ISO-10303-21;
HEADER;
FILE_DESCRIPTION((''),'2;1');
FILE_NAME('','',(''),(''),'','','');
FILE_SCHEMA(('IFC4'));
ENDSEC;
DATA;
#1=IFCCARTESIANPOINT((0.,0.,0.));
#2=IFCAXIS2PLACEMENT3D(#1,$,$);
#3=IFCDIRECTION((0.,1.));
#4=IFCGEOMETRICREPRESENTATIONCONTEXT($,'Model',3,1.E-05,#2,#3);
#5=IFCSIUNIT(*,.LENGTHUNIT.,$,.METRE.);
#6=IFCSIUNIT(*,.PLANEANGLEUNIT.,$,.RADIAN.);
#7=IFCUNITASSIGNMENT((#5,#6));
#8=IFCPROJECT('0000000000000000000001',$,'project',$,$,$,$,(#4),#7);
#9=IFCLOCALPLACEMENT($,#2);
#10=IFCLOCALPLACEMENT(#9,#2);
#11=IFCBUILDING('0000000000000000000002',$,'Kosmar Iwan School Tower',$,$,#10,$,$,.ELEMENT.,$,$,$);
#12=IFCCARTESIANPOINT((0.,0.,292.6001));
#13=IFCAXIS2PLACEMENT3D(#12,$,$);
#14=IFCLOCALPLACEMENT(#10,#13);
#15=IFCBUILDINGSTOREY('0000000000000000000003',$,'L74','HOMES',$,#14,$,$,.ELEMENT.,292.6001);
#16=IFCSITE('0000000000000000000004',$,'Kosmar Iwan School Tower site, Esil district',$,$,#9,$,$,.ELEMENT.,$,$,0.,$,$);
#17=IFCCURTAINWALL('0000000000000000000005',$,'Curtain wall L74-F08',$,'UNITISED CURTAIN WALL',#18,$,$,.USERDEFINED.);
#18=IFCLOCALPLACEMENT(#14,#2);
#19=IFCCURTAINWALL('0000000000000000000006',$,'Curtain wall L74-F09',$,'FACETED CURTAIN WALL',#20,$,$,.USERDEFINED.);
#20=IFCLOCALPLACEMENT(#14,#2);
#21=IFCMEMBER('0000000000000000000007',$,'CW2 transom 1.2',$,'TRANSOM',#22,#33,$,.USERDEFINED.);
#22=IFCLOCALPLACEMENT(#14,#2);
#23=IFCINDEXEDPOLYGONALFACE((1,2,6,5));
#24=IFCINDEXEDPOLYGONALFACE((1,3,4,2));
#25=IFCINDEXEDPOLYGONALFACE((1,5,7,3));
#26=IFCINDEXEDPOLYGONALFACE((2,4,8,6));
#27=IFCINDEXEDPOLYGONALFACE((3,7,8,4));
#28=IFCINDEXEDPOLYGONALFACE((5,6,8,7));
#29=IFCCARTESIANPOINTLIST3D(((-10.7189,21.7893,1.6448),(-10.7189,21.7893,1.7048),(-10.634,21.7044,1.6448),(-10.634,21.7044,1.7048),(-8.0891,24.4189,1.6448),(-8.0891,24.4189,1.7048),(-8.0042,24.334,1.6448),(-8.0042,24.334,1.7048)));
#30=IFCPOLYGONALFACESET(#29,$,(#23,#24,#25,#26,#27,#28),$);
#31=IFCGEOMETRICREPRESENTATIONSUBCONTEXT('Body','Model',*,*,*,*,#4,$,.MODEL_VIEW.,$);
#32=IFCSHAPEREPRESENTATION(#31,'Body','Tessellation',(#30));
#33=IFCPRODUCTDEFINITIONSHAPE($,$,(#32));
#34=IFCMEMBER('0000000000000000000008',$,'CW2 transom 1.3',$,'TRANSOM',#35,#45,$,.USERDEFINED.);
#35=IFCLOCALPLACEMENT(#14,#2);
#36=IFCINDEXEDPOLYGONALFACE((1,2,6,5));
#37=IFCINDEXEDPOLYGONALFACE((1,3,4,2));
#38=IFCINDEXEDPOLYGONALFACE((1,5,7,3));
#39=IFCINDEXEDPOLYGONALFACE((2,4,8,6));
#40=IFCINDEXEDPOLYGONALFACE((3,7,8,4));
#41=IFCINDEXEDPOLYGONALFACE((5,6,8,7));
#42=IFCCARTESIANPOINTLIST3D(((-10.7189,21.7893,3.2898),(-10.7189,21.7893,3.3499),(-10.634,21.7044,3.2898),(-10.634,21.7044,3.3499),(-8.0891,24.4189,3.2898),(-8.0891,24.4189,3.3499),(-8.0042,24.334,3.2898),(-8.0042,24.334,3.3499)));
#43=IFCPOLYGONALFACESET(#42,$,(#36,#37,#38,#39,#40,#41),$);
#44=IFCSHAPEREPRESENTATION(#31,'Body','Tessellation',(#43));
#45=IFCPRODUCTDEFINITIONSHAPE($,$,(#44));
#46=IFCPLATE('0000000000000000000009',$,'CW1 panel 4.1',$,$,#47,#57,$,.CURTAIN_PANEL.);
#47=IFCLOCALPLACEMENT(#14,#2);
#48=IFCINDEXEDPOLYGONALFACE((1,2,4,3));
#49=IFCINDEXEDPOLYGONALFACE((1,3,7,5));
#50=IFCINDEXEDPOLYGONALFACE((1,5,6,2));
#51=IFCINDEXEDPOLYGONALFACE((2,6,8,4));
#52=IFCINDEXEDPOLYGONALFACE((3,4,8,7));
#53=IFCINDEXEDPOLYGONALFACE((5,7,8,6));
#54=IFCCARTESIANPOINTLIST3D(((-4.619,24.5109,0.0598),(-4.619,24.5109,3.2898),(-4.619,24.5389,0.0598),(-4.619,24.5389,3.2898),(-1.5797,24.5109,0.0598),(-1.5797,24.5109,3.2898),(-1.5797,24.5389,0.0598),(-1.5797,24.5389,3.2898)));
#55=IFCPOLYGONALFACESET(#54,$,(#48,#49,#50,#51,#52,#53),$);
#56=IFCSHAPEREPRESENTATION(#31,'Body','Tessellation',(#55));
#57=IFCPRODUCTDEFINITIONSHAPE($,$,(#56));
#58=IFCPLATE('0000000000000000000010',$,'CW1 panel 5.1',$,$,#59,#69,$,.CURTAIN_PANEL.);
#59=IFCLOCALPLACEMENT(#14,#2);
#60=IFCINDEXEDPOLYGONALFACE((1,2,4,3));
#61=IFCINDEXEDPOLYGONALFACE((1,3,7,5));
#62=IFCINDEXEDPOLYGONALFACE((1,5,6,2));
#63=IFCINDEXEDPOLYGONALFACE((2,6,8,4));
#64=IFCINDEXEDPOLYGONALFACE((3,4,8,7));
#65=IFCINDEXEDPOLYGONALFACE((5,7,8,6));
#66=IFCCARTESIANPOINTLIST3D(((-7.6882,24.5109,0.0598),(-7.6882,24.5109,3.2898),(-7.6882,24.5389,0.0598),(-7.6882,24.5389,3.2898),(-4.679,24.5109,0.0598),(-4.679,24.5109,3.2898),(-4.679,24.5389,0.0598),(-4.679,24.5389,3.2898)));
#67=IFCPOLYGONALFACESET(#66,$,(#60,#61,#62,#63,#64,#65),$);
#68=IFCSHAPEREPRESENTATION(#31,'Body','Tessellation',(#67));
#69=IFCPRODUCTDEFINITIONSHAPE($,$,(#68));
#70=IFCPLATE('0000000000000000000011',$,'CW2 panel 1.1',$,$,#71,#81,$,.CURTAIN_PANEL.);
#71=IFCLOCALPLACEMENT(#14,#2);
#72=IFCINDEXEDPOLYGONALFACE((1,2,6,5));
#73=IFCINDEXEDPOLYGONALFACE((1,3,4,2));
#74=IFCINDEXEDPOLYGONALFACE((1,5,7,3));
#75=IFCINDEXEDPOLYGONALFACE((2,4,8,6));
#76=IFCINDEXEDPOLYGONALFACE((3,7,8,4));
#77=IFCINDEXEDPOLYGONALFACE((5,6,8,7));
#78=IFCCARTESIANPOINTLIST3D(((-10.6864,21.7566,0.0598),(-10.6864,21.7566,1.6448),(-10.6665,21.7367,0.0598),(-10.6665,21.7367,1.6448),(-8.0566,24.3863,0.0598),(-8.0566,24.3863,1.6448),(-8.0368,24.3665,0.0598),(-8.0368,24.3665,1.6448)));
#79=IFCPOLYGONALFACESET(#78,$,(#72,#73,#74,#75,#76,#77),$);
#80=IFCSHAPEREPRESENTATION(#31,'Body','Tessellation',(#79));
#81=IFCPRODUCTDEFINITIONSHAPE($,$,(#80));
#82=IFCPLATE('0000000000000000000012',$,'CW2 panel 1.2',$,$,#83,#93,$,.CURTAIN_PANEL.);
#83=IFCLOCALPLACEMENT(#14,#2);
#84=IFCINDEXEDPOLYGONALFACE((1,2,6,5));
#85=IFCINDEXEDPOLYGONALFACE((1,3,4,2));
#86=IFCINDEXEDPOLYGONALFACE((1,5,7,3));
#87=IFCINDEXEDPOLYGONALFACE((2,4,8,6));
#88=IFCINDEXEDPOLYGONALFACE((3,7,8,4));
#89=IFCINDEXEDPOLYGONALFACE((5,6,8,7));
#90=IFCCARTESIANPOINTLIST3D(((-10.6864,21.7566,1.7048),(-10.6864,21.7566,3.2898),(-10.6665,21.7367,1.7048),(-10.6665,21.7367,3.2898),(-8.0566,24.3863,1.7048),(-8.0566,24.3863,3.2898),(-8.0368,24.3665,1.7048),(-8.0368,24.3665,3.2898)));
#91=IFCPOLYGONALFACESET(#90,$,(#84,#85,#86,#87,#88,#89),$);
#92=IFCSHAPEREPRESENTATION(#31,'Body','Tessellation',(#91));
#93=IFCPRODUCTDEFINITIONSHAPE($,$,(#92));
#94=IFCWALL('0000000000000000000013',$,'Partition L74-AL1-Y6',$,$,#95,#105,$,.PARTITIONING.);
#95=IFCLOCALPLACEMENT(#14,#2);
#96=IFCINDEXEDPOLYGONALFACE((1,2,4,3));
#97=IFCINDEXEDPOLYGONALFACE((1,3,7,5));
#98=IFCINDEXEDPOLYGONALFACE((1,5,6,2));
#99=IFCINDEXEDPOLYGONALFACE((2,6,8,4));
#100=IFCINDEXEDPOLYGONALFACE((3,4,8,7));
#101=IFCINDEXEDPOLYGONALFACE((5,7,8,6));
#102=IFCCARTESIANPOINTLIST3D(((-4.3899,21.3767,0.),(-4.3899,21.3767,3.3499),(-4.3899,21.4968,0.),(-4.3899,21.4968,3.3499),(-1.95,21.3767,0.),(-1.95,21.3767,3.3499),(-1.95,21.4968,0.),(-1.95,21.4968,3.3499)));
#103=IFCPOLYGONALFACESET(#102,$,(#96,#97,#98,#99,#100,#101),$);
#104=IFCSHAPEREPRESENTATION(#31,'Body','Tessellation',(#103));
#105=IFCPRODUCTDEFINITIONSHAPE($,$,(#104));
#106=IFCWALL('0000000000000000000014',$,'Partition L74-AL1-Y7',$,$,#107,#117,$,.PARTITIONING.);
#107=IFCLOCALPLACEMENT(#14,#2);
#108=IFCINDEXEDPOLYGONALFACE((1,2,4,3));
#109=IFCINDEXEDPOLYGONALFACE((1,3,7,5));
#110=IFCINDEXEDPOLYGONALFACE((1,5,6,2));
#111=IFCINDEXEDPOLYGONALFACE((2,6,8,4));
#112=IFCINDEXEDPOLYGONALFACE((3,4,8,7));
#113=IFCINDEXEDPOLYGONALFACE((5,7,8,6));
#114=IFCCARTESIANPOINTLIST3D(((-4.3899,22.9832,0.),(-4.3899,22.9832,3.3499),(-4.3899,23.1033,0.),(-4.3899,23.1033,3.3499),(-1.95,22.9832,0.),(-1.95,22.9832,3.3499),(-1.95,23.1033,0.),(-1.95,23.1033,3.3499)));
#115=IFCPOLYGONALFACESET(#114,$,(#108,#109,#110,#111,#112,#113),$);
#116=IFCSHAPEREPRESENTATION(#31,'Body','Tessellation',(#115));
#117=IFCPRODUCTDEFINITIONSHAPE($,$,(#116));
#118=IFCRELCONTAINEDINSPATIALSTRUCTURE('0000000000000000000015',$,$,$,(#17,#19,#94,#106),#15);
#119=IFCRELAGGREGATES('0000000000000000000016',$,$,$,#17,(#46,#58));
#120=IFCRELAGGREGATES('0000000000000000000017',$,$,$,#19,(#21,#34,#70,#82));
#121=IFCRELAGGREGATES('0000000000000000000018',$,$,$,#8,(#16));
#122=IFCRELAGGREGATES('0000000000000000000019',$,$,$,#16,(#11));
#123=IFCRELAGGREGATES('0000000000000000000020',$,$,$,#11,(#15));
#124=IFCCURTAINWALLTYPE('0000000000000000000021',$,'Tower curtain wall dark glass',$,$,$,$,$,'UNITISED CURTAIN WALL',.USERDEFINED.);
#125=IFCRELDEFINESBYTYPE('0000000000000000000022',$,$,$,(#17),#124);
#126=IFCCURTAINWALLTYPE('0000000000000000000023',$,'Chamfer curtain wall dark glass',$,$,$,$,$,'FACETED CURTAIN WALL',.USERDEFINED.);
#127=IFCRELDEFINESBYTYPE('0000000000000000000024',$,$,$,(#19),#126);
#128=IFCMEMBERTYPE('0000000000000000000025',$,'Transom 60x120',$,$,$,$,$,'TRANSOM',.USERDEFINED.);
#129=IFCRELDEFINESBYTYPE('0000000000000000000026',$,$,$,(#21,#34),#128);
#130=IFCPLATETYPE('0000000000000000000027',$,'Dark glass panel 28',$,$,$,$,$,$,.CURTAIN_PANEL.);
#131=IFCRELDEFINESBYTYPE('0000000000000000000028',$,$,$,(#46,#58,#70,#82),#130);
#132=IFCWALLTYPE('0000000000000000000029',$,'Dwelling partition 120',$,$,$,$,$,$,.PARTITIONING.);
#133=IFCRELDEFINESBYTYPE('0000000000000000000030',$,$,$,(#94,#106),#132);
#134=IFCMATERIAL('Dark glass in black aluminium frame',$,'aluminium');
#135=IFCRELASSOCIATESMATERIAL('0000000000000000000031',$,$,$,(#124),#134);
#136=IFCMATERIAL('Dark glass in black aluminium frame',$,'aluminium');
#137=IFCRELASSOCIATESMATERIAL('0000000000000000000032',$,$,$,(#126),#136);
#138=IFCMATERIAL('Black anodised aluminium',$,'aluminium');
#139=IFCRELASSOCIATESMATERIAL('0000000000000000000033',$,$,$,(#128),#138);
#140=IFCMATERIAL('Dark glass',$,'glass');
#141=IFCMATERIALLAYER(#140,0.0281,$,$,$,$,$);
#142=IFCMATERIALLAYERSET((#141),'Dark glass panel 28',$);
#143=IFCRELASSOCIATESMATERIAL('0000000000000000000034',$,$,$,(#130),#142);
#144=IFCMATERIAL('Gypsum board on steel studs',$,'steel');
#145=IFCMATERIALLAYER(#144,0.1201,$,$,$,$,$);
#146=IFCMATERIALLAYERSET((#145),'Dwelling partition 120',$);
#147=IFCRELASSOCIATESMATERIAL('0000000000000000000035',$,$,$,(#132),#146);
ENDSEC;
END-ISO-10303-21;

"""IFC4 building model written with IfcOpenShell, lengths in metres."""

from ifc_helpers import new_model, si_unit, direction, frame, frame_2d, origin, origin_2d, place, context, subcontext, project, spatial, rectangle, extrude, material, layer, layer_set, material_profile, profile_set, type_object, element, aggregate, save


model = new_model("IFC4")

# Units and contexts
model_context = context("Model", 3, precision=1e-05, world=origin(), true_north=direction((0.0, 1.0)))
body_context = subcontext(model_context, "Body", "Model", "MODEL_VIEW")
ifc_project = project(units=[si_unit("LENGTHUNIT", "METRE"), si_unit("PLANEANGLEUNIT", "RADIAN")], contexts=[model_context])

# Site, building, storey
site_placement = place(None, origin())
site = spatial("IfcSite", under=ifc_project, at=site_placement, Name="Kosmar Iwan School Tower site, Esil district", CompositionType="ELEMENT", RefElevation=0.0)
building_placement = place(site_placement, origin())
building = spatial("IfcBuilding", under=site, at=building_placement, Name="Kosmar Iwan School Tower", CompositionType="ELEMENT")
storey_placement = place(building_placement, frame((0.0, 0.0, 292.6001)))
storey = spatial("IfcBuildingStorey", under=building, at=storey_placement, Name="L74", Description="HOMES", CompositionType="ELEMENT", Elevation=292.6001)

# Curtain walls
ifc_material_1 = material(Name="Dark glass in black aluminium frame", Category="aluminium")
curtain_wall_type_1 = type_object("IfcCurtainWallType", Name="Tower curtain wall dark glass", ElementType="UNITISED CURTAIN WALL", PredefinedType="USERDEFINED", material=ifc_material_1)
curtain_wall_1_placement = place(storey_placement, origin())
curtain_wall_1 = element("IfcCurtainWall", 1, at=curtain_wall_1_placement, inside=storey, type_object=curtain_wall_type_1, Name="Curtain wall L74-F08", ObjectType="UNITISED CURTAIN WALL", PredefinedType="USERDEFINED")
ifc_material_2 = material(Name="Dark glass in black aluminium frame", Category="aluminium")
curtain_wall_type_2 = type_object("IfcCurtainWallType", Name="Chamfer curtain wall dark glass", ElementType="FACETED CURTAIN WALL", PredefinedType="USERDEFINED", material=ifc_material_2)
curtain_wall_2_placement = place(storey_placement, origin())
curtain_wall_2 = element("IfcCurtainWall", 2, at=curtain_wall_2_placement, inside=storey, type_object=curtain_wall_type_2, Name="Curtain wall L74-F09", ObjectType="FACETED CURTAIN WALL", PredefinedType="USERDEFINED")

# Members
ifc_material_3 = material(Name="Black anodised aluminium", Category="aluminium")
ifc_material_profile_1 = material_profile(ifc_material_3, rectangle(XDim=0.1201, YDim=0.0601, at=origin_2d()), Name="TRANSOM 60x120")
ifc_profile_set_1 = profile_set([ifc_material_profile_1], Name="Black anodised aluminium")
member_type_1 = type_object("IfcMemberType", Name="Transom 60x120", ElementType="TRANSOM", PredefinedType="USERDEFINED", material=ifc_profile_set_1)
member_1_placement = place(storey_placement, frame((-8.0466, 24.3765, 1.6748), z_axis=(-0.70714, -0.707074, 0.0), x_axis=(0.707074, -0.70714, 0.0)))
member_1 = element("IfcMember", 3, at=member_1_placement, type_object=member_type_1, Name="CW2 transom 1.2", ObjectType="TRANSOM", PredefinedType="USERDEFINED", context=body_context, shape_type="SweptSolid", body=[
    extrude(rectangle(XDim=0.1201, YDim=0.0601, at=origin_2d()), origin(), (0.0, 0.0, 1.0), 3.719),
])
member_2_placement = place(storey_placement, frame((-8.0466, 24.3765, 3.3198), z_axis=(-0.70714, -0.707074, 0.0), x_axis=(0.707074, -0.70714, 0.0)))
member_2 = element("IfcMember", 4, at=member_2_placement, type_object=member_type_1, Name="CW2 transom 1.3", ObjectType="TRANSOM", PredefinedType="USERDEFINED", context=body_context, shape_type="SweptSolid", body=[
    extrude(rectangle(XDim=0.1201, YDim=0.0601, at=origin_2d()), origin(), (0.0, 0.0, 1.0), 3.719),
])

# Plates
ifc_material_4 = material(Name="Dark glass", Category="glass")
ifc_layer_1 = layer(ifc_material_4, 0.0281)
ifc_layer_set_1 = layer_set([ifc_layer_1], Name="Dark glass panel 28")
plate_type = type_object("IfcPlateType", Name="Dark glass panel 28", PredefinedType="CURTAIN_PANEL", material=ifc_layer_set_1)
plate_1_placement = place(storey_placement, frame((-3.0994, 24.5249, 0.0598), z_axis=(0.0, 0.0, 1.0), x_axis=(-1.0, 0.0, 0.0)))
plate_1 = element("IfcPlate", 5, at=plate_1_placement, type_object=plate_type, Name="CW1 panel 4.1", PredefinedType="CURTAIN_PANEL", context=body_context, shape_type="SweptSolid", body=[
    extrude(rectangle(XDim=3.0393, YDim=0.0281, at=origin_2d()), origin(), (0.0, 0.0, 1.0), 3.23),
])
plate_2_placement = place(storey_placement, frame((-6.1836, 24.5249, 0.0598), z_axis=(0.0, 0.0, 1.0), x_axis=(-1.0, 0.0, 0.0)))
plate_2 = element("IfcPlate", 6, at=plate_2_placement, type_object=plate_type, Name="CW1 panel 5.1", PredefinedType="CURTAIN_PANEL", context=body_context, shape_type="SweptSolid", body=[
    extrude(rectangle(XDim=3.0093, YDim=0.0281, at=origin_2d()), origin(), (0.0, 0.0, 1.0), 3.23),
])
aggregate(curtain_wall_1, [plate_1, plate_2])
plate_3_placement = place(storey_placement, frame((-9.3616, 23.0615, 0.0598), z_axis=(0.0, 0.0, 1.0), x_axis=(-0.707107, -0.707107, 0.0)))
plate_3 = element("IfcPlate", 7, at=plate_3_placement, type_object=plate_type, Name="CW2 panel 1.1", PredefinedType="CURTAIN_PANEL", context=body_context, shape_type="SweptSolid", body=[
    extrude(rectangle(XDim=3.719, YDim=0.0281, at=origin_2d()), origin(), (0.0, 0.0, 1.0), 1.585),
])
plate_4_placement = place(storey_placement, frame((-9.3616, 23.0615, 1.7048), z_axis=(0.0, 0.0, 1.0), x_axis=(-0.707107, -0.707107, 0.0)))
plate_4 = element("IfcPlate", 8, at=plate_4_placement, type_object=plate_type, Name="CW2 panel 1.2", PredefinedType="CURTAIN_PANEL", context=body_context, shape_type="SweptSolid", body=[
    extrude(rectangle(XDim=3.719, YDim=0.0281, at=origin_2d()), origin(), (0.0, 0.0, 1.0), 1.585),
])
aggregate(curtain_wall_2, [member_1, member_2, plate_3, plate_4])

# Walls
ifc_material_5 = material(Name="Gypsum board on steel studs", Category="steel")
ifc_layer_2 = layer(ifc_material_5, 0.1201)
ifc_layer_set_2 = layer_set([ifc_layer_2], Name="Dwelling partition 120")
wall_type = type_object("IfcWallType", Name="Dwelling partition 120", PredefinedType="PARTITIONING", material=ifc_layer_set_2)
for number, where, z_axis, x_axis, name in (
    (9, (-1.95, 21.4368, 0.0), (0.0, 0.0, 1.0), (-1.0, 0.0, 0.0), "Partition L74-AL1-Y6"),
    (10, (-1.95, 23.0432, 0.0), (0.0, 0.0, 1.0), (-1.0, 0.0, 0.0), "Partition L74-AL1-Y7"),
):
    element("IfcWall", number, at=place(storey_placement, frame(where, z_axis=z_axis, x_axis=x_axis)), inside=storey, type_object=wall_type, Name=name, PredefinedType="PARTITIONING", context=body_context, shape_type="SweptSolid", body=[
        extrude(rectangle(XDim=2.4399, YDim=0.1201, at=frame_2d((1.22, 0.0))), origin(), (0.0, 0.0, 1.0), 3.3499),
    ])

save(model, "model.ifc")
